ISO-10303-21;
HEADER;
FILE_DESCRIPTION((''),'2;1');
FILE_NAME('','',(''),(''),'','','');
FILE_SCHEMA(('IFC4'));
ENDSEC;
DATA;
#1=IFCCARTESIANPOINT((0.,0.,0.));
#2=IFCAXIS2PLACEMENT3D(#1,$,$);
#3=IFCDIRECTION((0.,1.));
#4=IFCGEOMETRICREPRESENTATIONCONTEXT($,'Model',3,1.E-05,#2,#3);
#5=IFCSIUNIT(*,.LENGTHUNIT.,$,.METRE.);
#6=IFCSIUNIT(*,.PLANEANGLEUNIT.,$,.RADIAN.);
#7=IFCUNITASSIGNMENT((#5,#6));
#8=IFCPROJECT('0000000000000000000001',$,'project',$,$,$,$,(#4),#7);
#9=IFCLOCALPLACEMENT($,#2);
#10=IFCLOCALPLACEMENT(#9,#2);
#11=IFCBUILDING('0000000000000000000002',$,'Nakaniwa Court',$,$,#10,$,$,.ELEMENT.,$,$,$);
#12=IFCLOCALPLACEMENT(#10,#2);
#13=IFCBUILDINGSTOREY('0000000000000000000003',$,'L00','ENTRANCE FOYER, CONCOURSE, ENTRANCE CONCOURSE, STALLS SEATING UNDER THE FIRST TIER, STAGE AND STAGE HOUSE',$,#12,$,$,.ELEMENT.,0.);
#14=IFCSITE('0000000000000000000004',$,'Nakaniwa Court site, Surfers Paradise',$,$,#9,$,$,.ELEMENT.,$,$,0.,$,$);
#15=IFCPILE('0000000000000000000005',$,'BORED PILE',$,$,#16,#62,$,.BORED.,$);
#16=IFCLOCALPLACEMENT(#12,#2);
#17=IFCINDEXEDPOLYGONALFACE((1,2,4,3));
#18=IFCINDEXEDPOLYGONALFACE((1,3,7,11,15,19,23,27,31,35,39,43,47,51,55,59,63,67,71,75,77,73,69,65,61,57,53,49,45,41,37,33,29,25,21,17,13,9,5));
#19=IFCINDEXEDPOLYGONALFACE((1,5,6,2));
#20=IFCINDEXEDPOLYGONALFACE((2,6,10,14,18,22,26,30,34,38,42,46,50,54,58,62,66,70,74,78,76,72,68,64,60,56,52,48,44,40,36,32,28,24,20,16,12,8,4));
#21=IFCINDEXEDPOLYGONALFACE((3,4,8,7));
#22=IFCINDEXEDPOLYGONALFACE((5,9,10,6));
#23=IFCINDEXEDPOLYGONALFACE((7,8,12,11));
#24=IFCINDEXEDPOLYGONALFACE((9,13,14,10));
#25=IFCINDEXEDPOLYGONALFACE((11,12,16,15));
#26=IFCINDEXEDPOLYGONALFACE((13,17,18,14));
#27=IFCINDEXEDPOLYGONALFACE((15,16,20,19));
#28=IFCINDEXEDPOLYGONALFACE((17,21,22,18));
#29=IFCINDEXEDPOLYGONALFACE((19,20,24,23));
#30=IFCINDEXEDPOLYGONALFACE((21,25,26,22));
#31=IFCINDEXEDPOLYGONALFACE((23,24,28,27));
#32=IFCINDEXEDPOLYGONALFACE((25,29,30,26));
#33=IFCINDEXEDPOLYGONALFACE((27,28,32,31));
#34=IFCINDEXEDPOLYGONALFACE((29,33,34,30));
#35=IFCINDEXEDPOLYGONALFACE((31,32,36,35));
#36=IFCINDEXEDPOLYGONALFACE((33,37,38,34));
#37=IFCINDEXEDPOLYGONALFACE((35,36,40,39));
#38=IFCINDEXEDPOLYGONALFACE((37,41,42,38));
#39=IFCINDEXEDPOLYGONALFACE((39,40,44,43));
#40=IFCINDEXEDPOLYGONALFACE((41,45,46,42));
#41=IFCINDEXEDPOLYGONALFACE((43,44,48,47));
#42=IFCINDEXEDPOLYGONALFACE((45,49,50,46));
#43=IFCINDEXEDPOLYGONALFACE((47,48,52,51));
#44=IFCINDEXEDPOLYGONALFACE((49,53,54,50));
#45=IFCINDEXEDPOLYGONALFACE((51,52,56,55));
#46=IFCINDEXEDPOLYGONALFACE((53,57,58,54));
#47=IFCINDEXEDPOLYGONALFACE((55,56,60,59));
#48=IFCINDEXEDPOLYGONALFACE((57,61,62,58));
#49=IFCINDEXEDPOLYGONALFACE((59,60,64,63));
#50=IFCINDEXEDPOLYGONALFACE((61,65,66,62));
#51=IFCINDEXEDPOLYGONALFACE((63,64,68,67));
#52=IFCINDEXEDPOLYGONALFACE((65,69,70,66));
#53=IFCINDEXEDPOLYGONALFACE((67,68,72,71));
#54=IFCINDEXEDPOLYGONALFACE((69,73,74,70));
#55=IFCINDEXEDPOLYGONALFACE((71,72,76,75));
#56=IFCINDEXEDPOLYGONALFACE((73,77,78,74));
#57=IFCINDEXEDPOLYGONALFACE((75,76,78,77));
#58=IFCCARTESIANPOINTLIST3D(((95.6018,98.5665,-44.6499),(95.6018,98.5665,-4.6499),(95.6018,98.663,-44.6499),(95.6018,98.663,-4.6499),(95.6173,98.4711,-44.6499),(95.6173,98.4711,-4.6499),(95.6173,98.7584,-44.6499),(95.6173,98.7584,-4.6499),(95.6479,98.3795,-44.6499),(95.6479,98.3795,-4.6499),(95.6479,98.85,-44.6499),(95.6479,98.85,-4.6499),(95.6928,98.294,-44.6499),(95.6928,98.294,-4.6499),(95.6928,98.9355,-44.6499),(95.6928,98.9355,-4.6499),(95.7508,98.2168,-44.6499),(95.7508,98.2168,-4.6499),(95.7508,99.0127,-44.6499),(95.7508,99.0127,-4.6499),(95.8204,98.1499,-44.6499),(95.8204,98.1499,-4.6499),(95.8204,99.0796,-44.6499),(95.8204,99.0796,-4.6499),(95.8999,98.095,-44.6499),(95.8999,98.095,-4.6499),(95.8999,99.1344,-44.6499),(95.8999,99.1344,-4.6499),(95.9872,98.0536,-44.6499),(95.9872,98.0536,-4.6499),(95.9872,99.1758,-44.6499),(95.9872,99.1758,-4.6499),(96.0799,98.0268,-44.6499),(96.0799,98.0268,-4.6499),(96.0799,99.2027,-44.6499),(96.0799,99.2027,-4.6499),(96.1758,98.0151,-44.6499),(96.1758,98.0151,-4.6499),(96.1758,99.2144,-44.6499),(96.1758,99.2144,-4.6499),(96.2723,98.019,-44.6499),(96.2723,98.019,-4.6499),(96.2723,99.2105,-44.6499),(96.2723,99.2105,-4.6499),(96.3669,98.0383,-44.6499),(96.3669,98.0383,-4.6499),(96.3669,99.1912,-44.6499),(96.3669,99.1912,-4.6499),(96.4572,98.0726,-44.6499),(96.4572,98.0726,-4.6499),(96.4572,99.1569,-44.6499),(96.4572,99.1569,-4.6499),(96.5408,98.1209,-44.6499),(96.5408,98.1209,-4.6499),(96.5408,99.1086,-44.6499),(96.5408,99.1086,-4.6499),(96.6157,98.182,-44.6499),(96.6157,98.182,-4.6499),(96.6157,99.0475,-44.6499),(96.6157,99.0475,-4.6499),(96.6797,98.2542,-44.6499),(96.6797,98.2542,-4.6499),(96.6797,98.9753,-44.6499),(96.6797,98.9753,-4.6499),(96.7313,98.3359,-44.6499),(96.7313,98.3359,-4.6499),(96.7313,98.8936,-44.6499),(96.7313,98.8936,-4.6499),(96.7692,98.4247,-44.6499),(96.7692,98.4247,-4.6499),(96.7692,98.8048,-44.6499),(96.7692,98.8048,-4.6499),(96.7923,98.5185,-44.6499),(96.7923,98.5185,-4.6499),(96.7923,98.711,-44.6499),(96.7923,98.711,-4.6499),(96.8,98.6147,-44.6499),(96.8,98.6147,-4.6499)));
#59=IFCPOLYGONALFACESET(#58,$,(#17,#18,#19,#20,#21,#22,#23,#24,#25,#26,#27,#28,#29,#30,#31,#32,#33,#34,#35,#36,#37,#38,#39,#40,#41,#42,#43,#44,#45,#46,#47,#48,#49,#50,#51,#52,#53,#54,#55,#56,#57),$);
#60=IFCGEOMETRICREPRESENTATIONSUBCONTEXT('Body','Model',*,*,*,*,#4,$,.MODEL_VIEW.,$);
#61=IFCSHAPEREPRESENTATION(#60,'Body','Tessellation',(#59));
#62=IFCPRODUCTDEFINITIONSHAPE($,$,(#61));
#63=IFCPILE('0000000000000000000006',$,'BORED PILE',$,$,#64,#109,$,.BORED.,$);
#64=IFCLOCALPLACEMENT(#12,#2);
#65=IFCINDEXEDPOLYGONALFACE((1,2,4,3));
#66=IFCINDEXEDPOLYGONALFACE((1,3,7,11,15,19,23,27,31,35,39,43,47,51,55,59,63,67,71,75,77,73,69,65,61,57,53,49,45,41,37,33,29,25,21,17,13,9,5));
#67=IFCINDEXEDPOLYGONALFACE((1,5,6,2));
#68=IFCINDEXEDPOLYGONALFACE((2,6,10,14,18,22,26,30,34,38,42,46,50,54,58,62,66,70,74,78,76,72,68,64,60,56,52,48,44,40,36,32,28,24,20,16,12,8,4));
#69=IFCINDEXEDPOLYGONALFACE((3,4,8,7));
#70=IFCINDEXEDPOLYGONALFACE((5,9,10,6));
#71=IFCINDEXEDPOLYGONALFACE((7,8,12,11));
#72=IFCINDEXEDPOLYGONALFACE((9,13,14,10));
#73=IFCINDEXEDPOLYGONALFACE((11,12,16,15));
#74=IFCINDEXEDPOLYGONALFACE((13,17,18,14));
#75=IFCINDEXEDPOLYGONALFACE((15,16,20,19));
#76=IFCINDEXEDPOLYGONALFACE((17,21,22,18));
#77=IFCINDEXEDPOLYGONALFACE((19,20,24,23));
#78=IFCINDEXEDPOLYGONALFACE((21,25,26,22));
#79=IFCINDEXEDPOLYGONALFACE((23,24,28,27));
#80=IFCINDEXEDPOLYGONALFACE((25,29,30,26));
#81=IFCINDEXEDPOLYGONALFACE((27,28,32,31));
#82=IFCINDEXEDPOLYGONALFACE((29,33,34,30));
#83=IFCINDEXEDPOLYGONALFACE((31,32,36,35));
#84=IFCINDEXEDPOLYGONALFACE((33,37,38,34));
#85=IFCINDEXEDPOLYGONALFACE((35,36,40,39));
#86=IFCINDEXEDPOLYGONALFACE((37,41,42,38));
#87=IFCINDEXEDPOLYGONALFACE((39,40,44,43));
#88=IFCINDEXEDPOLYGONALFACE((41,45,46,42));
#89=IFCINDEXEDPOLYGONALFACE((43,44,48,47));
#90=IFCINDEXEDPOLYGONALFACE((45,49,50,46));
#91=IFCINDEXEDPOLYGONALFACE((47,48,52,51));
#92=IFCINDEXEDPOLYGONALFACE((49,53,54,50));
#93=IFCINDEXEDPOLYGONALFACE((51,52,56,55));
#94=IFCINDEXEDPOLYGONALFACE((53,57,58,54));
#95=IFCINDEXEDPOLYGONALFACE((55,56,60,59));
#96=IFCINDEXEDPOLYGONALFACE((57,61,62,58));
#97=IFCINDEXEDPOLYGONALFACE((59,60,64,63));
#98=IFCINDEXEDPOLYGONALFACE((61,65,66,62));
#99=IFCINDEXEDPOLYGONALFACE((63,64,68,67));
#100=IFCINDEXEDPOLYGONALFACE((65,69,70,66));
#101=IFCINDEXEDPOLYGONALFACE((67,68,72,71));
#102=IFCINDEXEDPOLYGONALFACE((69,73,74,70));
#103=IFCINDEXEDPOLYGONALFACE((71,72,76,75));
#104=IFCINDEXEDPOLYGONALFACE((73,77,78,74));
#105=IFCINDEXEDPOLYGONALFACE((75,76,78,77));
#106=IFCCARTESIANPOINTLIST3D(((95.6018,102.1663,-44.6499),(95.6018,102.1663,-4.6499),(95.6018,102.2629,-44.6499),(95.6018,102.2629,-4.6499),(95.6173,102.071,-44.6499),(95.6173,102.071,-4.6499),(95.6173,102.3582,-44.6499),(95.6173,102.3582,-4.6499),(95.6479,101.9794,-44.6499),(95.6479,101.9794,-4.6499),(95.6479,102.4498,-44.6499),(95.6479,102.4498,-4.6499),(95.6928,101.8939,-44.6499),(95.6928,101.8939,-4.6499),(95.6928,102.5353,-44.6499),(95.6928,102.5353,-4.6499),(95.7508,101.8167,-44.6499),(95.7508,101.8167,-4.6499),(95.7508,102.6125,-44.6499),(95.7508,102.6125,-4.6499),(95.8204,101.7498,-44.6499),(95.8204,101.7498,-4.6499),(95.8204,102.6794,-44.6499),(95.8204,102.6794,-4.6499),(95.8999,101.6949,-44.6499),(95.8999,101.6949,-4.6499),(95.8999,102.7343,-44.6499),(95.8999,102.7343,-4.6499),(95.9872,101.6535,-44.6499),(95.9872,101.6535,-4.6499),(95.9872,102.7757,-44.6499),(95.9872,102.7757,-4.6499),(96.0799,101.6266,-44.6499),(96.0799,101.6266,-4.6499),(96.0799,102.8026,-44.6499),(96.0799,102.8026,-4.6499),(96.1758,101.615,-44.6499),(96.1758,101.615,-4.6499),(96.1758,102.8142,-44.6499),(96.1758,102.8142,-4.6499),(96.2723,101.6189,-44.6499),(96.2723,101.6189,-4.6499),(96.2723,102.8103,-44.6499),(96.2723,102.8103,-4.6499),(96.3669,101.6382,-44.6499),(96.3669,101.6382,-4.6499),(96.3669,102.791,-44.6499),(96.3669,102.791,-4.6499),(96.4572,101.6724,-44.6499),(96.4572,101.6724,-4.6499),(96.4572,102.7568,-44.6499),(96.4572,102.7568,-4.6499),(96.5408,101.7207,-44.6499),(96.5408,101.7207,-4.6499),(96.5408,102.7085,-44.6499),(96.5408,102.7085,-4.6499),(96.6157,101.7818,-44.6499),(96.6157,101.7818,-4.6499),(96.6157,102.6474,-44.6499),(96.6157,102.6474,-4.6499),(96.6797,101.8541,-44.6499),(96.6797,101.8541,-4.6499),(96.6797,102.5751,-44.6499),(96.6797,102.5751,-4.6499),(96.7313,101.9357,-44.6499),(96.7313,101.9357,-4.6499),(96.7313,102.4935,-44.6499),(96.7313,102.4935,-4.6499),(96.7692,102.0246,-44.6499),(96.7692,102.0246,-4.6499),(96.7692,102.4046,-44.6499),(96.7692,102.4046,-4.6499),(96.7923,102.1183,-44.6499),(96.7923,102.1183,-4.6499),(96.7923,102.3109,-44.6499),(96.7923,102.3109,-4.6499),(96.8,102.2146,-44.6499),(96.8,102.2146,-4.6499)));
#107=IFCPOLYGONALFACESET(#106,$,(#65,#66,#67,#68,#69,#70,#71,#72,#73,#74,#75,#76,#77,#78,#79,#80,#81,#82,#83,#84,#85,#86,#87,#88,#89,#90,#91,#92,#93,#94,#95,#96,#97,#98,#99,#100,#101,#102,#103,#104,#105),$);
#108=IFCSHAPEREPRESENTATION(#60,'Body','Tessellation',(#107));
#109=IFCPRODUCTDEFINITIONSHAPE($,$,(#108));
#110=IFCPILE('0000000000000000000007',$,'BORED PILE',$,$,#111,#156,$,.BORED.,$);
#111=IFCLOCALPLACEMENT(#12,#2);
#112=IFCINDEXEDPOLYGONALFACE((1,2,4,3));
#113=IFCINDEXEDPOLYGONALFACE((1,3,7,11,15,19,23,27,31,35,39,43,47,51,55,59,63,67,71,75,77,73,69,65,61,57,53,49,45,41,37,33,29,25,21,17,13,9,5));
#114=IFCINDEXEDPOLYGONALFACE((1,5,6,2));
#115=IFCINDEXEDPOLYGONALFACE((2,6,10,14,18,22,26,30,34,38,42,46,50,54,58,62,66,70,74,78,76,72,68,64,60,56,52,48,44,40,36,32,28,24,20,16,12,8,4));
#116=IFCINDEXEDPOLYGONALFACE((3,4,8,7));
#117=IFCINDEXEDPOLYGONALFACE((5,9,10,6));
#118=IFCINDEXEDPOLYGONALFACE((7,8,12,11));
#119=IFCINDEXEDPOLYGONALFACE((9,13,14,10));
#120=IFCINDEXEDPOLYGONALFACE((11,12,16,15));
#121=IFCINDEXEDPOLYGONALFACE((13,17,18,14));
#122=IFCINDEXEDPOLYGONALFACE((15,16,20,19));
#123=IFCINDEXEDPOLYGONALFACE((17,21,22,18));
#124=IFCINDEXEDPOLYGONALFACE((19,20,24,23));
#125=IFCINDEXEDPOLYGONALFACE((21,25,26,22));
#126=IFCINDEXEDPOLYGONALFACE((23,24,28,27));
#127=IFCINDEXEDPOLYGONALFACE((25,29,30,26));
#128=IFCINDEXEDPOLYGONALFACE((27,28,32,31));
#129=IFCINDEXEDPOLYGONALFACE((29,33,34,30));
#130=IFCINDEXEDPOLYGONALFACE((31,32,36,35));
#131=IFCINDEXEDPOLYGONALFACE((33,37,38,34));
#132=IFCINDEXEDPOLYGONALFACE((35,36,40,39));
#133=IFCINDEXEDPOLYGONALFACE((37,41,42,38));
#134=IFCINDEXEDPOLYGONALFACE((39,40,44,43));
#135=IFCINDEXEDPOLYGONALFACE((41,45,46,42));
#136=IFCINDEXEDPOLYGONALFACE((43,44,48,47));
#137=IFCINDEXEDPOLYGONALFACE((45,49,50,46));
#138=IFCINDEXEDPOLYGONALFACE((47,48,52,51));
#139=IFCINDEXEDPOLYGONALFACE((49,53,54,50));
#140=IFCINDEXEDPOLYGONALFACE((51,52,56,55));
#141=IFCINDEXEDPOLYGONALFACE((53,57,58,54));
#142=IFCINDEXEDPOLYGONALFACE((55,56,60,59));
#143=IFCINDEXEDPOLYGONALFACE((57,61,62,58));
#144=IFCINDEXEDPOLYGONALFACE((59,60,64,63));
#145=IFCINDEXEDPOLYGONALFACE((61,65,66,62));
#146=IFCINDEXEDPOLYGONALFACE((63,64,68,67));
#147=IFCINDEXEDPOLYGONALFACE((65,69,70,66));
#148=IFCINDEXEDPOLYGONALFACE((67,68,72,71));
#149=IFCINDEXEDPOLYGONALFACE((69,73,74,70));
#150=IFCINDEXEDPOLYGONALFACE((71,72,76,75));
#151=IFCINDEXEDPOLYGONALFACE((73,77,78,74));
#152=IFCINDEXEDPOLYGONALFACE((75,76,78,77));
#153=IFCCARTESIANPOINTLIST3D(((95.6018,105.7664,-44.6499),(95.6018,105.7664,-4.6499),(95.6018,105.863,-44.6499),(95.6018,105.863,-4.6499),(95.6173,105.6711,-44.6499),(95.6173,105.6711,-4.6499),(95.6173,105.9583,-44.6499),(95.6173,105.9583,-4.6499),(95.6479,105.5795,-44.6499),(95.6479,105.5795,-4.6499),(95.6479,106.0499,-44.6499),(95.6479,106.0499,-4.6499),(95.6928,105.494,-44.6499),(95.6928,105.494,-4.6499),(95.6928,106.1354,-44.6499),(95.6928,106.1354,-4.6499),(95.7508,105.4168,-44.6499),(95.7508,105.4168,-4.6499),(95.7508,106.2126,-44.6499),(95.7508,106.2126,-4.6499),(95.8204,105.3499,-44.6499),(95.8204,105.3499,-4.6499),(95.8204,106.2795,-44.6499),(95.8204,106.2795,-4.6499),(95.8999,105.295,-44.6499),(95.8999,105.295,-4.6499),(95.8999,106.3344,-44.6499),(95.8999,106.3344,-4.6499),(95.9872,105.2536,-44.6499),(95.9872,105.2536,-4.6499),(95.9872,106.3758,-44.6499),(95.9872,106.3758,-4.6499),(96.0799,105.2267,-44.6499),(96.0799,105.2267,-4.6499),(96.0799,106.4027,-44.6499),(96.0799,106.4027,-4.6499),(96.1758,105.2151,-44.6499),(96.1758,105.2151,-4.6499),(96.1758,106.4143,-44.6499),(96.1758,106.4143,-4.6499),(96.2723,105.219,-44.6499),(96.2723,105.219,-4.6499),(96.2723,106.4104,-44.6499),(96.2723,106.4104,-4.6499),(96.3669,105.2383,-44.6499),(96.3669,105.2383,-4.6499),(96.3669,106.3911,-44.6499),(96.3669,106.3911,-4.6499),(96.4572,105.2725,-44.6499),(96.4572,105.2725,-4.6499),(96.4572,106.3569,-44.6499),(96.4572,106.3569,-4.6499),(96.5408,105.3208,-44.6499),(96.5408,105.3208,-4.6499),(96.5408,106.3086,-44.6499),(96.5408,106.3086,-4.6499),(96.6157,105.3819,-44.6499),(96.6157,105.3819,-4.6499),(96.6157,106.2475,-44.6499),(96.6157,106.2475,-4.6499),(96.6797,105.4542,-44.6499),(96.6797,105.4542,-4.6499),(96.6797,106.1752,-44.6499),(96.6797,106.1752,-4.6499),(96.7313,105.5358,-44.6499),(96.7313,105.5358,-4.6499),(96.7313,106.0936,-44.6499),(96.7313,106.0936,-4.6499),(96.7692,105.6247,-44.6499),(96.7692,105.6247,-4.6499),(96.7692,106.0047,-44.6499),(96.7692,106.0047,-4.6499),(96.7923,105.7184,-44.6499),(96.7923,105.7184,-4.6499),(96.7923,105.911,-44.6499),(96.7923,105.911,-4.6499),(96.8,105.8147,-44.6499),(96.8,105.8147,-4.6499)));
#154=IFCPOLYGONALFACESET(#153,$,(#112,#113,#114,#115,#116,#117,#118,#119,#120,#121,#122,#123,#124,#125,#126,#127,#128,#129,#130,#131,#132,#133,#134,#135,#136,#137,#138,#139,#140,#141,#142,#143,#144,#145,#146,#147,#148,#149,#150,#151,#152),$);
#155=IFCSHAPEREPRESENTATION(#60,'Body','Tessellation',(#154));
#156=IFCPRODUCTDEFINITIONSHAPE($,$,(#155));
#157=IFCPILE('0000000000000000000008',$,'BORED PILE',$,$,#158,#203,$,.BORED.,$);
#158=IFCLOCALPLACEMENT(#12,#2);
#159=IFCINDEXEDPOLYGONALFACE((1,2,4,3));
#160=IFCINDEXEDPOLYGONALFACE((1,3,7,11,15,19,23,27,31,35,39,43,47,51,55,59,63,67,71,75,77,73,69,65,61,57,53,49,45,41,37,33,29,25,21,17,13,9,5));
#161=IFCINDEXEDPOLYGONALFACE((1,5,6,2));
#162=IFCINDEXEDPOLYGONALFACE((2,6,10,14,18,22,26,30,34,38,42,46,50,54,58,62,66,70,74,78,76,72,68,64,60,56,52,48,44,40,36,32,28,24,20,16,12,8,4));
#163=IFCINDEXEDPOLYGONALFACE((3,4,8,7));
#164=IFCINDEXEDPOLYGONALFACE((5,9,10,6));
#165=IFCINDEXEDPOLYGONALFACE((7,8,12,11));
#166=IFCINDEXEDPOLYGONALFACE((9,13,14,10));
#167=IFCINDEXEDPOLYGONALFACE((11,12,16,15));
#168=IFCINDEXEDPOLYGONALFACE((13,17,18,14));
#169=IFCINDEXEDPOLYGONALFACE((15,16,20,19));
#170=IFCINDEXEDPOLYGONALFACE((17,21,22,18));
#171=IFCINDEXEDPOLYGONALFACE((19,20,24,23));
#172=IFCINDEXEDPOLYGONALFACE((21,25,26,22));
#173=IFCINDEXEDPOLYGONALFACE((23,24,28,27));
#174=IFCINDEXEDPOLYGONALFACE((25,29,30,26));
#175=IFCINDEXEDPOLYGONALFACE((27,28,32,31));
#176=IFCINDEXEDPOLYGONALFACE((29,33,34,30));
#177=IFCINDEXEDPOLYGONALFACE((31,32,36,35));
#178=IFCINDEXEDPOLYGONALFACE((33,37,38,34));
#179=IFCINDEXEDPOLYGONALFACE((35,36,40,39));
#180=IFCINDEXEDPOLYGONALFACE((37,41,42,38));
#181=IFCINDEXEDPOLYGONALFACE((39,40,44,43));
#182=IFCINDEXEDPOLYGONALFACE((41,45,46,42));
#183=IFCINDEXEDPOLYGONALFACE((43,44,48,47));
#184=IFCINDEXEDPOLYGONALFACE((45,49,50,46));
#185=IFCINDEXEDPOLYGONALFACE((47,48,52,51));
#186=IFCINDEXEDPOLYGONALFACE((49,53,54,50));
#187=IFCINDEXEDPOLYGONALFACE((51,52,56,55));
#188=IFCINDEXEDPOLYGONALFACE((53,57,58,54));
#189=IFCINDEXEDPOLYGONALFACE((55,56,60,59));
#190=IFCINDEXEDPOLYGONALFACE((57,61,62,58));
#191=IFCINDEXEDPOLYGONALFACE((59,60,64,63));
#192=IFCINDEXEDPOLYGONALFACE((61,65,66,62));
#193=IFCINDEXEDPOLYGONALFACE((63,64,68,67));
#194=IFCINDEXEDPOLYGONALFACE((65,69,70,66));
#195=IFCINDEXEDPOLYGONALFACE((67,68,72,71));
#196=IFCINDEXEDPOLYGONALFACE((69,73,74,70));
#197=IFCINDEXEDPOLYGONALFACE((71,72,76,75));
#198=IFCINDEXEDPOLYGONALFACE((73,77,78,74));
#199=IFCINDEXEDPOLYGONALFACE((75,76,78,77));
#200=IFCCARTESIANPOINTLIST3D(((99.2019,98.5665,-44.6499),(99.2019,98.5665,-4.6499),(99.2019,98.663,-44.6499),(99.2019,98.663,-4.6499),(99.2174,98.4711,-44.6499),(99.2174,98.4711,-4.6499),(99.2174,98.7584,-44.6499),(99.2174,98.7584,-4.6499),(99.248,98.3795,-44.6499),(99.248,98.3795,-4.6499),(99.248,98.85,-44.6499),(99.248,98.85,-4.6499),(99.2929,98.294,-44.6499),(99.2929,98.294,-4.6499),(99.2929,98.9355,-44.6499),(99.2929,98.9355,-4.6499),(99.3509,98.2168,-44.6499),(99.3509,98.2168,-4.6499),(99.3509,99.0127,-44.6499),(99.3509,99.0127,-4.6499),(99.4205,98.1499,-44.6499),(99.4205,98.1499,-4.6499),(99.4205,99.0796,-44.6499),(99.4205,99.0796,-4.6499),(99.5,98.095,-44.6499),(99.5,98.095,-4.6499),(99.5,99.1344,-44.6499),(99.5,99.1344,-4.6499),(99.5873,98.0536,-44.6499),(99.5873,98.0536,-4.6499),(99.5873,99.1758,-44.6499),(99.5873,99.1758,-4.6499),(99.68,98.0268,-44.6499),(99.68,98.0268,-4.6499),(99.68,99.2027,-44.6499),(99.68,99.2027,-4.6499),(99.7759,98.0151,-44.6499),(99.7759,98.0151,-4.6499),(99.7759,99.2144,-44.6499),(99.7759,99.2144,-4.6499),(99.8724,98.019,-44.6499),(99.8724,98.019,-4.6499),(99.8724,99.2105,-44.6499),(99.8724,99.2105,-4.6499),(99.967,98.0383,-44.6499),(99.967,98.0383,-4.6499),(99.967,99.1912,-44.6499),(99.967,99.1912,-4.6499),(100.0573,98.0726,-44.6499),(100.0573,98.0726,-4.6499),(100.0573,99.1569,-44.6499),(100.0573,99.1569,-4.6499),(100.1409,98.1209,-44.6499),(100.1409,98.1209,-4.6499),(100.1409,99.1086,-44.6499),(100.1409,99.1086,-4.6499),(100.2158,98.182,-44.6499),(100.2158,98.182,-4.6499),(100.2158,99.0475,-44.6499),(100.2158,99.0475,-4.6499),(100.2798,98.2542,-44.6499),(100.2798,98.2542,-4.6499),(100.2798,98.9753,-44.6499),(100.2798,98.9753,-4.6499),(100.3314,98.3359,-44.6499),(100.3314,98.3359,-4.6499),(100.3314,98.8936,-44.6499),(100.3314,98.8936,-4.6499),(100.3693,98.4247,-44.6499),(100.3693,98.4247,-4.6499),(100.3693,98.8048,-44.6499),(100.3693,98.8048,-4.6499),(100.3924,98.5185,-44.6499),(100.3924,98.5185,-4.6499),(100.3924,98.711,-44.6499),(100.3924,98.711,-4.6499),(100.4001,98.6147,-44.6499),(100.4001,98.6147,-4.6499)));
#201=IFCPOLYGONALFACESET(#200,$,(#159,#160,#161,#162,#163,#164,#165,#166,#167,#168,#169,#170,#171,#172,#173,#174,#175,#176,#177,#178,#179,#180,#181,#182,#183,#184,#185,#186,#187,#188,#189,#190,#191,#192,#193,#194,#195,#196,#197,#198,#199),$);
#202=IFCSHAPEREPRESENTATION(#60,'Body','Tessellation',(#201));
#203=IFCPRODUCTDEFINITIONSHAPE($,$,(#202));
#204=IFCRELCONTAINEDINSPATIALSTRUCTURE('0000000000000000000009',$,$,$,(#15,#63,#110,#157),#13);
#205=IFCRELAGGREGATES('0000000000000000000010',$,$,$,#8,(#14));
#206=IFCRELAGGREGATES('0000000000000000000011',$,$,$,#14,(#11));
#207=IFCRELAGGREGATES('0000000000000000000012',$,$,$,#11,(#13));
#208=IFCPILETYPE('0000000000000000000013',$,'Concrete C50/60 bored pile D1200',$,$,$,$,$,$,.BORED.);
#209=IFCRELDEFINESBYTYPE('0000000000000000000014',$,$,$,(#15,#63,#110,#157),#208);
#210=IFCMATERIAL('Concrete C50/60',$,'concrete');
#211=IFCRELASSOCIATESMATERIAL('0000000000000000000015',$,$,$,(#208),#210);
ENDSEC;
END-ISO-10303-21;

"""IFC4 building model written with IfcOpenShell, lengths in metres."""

from ifc_helpers import new_model, si_unit, direction, frame, origin, origin_2d, place, context, subcontext, project, spatial, circle, extrude, material, material_profile, profile_set, type_object, element, save


model = new_model("IFC4")

# Units and contexts
model_context = context("Model", 3, precision=1e-05, world=origin(), true_north=direction((0.0, 1.0)))
body_context = subcontext(model_context, "Body", "Model", "MODEL_VIEW")
ifc_project = project(units=[si_unit("LENGTHUNIT", "METRE"), si_unit("PLANEANGLEUNIT", "RADIAN")], contexts=[model_context])

# Site, building, storey
site_placement = place(None, origin())
site = spatial("IfcSite", under=ifc_project, at=site_placement, Name="Nakaniwa Court site, Surfers Paradise", CompositionType="ELEMENT", RefElevation=0.0)
building_placement = place(site_placement, origin())
building = spatial("IfcBuilding", under=site, at=building_placement, Name="Nakaniwa Court", CompositionType="ELEMENT")
storey_placement = place(building_placement, origin())
storey = spatial("IfcBuildingStorey", under=building, at=storey_placement, Name="L00", Description="ENTRANCE FOYER, CONCOURSE, ENTRANCE CONCOURSE, STALLS SEATING UNDER THE FIRST TIER, STAGE AND STAGE HOUSE", CompositionType="ELEMENT", Elevation=0.0)

# Piles
ifc_material_1 = material(Name="Concrete C50/60", Category="concrete")
ifc_material_profile_1 = material_profile(ifc_material_1, circle(Radius=0.6001, at=origin_2d()), Name="Concrete C50/60 bored pile D1200")
ifc_profile_set_1 = profile_set([ifc_material_profile_1], Name="Concrete C50/60")
pile_type = type_object("IfcPileType", Name="Concrete C50/60 bored pile D1200", PredefinedType="BORED", material=ifc_profile_set_1)
for number, where, z_axis, x_axis, name in (
    (1, (96.2, 98.6147, -4.6499), (0.0, 0.0, -1.0), (1.0, 0.0, 0.0), "BORED PILE"),
    (2, (96.2, 102.2146, -4.6499), (0.0, 0.0, -1.0), (1.0, 0.0, 0.0), "BORED PILE"),
    (3, (96.2, 105.8147, -4.6499), (0.0, 0.0, -1.0), (1.0, 0.0, 0.0), "BORED PILE"),
    (4, (99.8, 98.6147, -4.6499), (0.0, 0.0, -1.0), (1.0, 0.0, 0.0), "BORED PILE"),
):
    element("IfcPile", number, at=place(storey_placement, frame(where, z_axis=z_axis, x_axis=x_axis)), inside=storey, type_object=pile_type, Name=name, PredefinedType="BORED", context=body_context, shape_type="SweptSolid", body=[
        extrude(circle(Radius=0.6001, at=origin_2d()), origin(), (0.0, 0.0, 1.0), 40.0),
    ])

save(model, "model.ifc")
